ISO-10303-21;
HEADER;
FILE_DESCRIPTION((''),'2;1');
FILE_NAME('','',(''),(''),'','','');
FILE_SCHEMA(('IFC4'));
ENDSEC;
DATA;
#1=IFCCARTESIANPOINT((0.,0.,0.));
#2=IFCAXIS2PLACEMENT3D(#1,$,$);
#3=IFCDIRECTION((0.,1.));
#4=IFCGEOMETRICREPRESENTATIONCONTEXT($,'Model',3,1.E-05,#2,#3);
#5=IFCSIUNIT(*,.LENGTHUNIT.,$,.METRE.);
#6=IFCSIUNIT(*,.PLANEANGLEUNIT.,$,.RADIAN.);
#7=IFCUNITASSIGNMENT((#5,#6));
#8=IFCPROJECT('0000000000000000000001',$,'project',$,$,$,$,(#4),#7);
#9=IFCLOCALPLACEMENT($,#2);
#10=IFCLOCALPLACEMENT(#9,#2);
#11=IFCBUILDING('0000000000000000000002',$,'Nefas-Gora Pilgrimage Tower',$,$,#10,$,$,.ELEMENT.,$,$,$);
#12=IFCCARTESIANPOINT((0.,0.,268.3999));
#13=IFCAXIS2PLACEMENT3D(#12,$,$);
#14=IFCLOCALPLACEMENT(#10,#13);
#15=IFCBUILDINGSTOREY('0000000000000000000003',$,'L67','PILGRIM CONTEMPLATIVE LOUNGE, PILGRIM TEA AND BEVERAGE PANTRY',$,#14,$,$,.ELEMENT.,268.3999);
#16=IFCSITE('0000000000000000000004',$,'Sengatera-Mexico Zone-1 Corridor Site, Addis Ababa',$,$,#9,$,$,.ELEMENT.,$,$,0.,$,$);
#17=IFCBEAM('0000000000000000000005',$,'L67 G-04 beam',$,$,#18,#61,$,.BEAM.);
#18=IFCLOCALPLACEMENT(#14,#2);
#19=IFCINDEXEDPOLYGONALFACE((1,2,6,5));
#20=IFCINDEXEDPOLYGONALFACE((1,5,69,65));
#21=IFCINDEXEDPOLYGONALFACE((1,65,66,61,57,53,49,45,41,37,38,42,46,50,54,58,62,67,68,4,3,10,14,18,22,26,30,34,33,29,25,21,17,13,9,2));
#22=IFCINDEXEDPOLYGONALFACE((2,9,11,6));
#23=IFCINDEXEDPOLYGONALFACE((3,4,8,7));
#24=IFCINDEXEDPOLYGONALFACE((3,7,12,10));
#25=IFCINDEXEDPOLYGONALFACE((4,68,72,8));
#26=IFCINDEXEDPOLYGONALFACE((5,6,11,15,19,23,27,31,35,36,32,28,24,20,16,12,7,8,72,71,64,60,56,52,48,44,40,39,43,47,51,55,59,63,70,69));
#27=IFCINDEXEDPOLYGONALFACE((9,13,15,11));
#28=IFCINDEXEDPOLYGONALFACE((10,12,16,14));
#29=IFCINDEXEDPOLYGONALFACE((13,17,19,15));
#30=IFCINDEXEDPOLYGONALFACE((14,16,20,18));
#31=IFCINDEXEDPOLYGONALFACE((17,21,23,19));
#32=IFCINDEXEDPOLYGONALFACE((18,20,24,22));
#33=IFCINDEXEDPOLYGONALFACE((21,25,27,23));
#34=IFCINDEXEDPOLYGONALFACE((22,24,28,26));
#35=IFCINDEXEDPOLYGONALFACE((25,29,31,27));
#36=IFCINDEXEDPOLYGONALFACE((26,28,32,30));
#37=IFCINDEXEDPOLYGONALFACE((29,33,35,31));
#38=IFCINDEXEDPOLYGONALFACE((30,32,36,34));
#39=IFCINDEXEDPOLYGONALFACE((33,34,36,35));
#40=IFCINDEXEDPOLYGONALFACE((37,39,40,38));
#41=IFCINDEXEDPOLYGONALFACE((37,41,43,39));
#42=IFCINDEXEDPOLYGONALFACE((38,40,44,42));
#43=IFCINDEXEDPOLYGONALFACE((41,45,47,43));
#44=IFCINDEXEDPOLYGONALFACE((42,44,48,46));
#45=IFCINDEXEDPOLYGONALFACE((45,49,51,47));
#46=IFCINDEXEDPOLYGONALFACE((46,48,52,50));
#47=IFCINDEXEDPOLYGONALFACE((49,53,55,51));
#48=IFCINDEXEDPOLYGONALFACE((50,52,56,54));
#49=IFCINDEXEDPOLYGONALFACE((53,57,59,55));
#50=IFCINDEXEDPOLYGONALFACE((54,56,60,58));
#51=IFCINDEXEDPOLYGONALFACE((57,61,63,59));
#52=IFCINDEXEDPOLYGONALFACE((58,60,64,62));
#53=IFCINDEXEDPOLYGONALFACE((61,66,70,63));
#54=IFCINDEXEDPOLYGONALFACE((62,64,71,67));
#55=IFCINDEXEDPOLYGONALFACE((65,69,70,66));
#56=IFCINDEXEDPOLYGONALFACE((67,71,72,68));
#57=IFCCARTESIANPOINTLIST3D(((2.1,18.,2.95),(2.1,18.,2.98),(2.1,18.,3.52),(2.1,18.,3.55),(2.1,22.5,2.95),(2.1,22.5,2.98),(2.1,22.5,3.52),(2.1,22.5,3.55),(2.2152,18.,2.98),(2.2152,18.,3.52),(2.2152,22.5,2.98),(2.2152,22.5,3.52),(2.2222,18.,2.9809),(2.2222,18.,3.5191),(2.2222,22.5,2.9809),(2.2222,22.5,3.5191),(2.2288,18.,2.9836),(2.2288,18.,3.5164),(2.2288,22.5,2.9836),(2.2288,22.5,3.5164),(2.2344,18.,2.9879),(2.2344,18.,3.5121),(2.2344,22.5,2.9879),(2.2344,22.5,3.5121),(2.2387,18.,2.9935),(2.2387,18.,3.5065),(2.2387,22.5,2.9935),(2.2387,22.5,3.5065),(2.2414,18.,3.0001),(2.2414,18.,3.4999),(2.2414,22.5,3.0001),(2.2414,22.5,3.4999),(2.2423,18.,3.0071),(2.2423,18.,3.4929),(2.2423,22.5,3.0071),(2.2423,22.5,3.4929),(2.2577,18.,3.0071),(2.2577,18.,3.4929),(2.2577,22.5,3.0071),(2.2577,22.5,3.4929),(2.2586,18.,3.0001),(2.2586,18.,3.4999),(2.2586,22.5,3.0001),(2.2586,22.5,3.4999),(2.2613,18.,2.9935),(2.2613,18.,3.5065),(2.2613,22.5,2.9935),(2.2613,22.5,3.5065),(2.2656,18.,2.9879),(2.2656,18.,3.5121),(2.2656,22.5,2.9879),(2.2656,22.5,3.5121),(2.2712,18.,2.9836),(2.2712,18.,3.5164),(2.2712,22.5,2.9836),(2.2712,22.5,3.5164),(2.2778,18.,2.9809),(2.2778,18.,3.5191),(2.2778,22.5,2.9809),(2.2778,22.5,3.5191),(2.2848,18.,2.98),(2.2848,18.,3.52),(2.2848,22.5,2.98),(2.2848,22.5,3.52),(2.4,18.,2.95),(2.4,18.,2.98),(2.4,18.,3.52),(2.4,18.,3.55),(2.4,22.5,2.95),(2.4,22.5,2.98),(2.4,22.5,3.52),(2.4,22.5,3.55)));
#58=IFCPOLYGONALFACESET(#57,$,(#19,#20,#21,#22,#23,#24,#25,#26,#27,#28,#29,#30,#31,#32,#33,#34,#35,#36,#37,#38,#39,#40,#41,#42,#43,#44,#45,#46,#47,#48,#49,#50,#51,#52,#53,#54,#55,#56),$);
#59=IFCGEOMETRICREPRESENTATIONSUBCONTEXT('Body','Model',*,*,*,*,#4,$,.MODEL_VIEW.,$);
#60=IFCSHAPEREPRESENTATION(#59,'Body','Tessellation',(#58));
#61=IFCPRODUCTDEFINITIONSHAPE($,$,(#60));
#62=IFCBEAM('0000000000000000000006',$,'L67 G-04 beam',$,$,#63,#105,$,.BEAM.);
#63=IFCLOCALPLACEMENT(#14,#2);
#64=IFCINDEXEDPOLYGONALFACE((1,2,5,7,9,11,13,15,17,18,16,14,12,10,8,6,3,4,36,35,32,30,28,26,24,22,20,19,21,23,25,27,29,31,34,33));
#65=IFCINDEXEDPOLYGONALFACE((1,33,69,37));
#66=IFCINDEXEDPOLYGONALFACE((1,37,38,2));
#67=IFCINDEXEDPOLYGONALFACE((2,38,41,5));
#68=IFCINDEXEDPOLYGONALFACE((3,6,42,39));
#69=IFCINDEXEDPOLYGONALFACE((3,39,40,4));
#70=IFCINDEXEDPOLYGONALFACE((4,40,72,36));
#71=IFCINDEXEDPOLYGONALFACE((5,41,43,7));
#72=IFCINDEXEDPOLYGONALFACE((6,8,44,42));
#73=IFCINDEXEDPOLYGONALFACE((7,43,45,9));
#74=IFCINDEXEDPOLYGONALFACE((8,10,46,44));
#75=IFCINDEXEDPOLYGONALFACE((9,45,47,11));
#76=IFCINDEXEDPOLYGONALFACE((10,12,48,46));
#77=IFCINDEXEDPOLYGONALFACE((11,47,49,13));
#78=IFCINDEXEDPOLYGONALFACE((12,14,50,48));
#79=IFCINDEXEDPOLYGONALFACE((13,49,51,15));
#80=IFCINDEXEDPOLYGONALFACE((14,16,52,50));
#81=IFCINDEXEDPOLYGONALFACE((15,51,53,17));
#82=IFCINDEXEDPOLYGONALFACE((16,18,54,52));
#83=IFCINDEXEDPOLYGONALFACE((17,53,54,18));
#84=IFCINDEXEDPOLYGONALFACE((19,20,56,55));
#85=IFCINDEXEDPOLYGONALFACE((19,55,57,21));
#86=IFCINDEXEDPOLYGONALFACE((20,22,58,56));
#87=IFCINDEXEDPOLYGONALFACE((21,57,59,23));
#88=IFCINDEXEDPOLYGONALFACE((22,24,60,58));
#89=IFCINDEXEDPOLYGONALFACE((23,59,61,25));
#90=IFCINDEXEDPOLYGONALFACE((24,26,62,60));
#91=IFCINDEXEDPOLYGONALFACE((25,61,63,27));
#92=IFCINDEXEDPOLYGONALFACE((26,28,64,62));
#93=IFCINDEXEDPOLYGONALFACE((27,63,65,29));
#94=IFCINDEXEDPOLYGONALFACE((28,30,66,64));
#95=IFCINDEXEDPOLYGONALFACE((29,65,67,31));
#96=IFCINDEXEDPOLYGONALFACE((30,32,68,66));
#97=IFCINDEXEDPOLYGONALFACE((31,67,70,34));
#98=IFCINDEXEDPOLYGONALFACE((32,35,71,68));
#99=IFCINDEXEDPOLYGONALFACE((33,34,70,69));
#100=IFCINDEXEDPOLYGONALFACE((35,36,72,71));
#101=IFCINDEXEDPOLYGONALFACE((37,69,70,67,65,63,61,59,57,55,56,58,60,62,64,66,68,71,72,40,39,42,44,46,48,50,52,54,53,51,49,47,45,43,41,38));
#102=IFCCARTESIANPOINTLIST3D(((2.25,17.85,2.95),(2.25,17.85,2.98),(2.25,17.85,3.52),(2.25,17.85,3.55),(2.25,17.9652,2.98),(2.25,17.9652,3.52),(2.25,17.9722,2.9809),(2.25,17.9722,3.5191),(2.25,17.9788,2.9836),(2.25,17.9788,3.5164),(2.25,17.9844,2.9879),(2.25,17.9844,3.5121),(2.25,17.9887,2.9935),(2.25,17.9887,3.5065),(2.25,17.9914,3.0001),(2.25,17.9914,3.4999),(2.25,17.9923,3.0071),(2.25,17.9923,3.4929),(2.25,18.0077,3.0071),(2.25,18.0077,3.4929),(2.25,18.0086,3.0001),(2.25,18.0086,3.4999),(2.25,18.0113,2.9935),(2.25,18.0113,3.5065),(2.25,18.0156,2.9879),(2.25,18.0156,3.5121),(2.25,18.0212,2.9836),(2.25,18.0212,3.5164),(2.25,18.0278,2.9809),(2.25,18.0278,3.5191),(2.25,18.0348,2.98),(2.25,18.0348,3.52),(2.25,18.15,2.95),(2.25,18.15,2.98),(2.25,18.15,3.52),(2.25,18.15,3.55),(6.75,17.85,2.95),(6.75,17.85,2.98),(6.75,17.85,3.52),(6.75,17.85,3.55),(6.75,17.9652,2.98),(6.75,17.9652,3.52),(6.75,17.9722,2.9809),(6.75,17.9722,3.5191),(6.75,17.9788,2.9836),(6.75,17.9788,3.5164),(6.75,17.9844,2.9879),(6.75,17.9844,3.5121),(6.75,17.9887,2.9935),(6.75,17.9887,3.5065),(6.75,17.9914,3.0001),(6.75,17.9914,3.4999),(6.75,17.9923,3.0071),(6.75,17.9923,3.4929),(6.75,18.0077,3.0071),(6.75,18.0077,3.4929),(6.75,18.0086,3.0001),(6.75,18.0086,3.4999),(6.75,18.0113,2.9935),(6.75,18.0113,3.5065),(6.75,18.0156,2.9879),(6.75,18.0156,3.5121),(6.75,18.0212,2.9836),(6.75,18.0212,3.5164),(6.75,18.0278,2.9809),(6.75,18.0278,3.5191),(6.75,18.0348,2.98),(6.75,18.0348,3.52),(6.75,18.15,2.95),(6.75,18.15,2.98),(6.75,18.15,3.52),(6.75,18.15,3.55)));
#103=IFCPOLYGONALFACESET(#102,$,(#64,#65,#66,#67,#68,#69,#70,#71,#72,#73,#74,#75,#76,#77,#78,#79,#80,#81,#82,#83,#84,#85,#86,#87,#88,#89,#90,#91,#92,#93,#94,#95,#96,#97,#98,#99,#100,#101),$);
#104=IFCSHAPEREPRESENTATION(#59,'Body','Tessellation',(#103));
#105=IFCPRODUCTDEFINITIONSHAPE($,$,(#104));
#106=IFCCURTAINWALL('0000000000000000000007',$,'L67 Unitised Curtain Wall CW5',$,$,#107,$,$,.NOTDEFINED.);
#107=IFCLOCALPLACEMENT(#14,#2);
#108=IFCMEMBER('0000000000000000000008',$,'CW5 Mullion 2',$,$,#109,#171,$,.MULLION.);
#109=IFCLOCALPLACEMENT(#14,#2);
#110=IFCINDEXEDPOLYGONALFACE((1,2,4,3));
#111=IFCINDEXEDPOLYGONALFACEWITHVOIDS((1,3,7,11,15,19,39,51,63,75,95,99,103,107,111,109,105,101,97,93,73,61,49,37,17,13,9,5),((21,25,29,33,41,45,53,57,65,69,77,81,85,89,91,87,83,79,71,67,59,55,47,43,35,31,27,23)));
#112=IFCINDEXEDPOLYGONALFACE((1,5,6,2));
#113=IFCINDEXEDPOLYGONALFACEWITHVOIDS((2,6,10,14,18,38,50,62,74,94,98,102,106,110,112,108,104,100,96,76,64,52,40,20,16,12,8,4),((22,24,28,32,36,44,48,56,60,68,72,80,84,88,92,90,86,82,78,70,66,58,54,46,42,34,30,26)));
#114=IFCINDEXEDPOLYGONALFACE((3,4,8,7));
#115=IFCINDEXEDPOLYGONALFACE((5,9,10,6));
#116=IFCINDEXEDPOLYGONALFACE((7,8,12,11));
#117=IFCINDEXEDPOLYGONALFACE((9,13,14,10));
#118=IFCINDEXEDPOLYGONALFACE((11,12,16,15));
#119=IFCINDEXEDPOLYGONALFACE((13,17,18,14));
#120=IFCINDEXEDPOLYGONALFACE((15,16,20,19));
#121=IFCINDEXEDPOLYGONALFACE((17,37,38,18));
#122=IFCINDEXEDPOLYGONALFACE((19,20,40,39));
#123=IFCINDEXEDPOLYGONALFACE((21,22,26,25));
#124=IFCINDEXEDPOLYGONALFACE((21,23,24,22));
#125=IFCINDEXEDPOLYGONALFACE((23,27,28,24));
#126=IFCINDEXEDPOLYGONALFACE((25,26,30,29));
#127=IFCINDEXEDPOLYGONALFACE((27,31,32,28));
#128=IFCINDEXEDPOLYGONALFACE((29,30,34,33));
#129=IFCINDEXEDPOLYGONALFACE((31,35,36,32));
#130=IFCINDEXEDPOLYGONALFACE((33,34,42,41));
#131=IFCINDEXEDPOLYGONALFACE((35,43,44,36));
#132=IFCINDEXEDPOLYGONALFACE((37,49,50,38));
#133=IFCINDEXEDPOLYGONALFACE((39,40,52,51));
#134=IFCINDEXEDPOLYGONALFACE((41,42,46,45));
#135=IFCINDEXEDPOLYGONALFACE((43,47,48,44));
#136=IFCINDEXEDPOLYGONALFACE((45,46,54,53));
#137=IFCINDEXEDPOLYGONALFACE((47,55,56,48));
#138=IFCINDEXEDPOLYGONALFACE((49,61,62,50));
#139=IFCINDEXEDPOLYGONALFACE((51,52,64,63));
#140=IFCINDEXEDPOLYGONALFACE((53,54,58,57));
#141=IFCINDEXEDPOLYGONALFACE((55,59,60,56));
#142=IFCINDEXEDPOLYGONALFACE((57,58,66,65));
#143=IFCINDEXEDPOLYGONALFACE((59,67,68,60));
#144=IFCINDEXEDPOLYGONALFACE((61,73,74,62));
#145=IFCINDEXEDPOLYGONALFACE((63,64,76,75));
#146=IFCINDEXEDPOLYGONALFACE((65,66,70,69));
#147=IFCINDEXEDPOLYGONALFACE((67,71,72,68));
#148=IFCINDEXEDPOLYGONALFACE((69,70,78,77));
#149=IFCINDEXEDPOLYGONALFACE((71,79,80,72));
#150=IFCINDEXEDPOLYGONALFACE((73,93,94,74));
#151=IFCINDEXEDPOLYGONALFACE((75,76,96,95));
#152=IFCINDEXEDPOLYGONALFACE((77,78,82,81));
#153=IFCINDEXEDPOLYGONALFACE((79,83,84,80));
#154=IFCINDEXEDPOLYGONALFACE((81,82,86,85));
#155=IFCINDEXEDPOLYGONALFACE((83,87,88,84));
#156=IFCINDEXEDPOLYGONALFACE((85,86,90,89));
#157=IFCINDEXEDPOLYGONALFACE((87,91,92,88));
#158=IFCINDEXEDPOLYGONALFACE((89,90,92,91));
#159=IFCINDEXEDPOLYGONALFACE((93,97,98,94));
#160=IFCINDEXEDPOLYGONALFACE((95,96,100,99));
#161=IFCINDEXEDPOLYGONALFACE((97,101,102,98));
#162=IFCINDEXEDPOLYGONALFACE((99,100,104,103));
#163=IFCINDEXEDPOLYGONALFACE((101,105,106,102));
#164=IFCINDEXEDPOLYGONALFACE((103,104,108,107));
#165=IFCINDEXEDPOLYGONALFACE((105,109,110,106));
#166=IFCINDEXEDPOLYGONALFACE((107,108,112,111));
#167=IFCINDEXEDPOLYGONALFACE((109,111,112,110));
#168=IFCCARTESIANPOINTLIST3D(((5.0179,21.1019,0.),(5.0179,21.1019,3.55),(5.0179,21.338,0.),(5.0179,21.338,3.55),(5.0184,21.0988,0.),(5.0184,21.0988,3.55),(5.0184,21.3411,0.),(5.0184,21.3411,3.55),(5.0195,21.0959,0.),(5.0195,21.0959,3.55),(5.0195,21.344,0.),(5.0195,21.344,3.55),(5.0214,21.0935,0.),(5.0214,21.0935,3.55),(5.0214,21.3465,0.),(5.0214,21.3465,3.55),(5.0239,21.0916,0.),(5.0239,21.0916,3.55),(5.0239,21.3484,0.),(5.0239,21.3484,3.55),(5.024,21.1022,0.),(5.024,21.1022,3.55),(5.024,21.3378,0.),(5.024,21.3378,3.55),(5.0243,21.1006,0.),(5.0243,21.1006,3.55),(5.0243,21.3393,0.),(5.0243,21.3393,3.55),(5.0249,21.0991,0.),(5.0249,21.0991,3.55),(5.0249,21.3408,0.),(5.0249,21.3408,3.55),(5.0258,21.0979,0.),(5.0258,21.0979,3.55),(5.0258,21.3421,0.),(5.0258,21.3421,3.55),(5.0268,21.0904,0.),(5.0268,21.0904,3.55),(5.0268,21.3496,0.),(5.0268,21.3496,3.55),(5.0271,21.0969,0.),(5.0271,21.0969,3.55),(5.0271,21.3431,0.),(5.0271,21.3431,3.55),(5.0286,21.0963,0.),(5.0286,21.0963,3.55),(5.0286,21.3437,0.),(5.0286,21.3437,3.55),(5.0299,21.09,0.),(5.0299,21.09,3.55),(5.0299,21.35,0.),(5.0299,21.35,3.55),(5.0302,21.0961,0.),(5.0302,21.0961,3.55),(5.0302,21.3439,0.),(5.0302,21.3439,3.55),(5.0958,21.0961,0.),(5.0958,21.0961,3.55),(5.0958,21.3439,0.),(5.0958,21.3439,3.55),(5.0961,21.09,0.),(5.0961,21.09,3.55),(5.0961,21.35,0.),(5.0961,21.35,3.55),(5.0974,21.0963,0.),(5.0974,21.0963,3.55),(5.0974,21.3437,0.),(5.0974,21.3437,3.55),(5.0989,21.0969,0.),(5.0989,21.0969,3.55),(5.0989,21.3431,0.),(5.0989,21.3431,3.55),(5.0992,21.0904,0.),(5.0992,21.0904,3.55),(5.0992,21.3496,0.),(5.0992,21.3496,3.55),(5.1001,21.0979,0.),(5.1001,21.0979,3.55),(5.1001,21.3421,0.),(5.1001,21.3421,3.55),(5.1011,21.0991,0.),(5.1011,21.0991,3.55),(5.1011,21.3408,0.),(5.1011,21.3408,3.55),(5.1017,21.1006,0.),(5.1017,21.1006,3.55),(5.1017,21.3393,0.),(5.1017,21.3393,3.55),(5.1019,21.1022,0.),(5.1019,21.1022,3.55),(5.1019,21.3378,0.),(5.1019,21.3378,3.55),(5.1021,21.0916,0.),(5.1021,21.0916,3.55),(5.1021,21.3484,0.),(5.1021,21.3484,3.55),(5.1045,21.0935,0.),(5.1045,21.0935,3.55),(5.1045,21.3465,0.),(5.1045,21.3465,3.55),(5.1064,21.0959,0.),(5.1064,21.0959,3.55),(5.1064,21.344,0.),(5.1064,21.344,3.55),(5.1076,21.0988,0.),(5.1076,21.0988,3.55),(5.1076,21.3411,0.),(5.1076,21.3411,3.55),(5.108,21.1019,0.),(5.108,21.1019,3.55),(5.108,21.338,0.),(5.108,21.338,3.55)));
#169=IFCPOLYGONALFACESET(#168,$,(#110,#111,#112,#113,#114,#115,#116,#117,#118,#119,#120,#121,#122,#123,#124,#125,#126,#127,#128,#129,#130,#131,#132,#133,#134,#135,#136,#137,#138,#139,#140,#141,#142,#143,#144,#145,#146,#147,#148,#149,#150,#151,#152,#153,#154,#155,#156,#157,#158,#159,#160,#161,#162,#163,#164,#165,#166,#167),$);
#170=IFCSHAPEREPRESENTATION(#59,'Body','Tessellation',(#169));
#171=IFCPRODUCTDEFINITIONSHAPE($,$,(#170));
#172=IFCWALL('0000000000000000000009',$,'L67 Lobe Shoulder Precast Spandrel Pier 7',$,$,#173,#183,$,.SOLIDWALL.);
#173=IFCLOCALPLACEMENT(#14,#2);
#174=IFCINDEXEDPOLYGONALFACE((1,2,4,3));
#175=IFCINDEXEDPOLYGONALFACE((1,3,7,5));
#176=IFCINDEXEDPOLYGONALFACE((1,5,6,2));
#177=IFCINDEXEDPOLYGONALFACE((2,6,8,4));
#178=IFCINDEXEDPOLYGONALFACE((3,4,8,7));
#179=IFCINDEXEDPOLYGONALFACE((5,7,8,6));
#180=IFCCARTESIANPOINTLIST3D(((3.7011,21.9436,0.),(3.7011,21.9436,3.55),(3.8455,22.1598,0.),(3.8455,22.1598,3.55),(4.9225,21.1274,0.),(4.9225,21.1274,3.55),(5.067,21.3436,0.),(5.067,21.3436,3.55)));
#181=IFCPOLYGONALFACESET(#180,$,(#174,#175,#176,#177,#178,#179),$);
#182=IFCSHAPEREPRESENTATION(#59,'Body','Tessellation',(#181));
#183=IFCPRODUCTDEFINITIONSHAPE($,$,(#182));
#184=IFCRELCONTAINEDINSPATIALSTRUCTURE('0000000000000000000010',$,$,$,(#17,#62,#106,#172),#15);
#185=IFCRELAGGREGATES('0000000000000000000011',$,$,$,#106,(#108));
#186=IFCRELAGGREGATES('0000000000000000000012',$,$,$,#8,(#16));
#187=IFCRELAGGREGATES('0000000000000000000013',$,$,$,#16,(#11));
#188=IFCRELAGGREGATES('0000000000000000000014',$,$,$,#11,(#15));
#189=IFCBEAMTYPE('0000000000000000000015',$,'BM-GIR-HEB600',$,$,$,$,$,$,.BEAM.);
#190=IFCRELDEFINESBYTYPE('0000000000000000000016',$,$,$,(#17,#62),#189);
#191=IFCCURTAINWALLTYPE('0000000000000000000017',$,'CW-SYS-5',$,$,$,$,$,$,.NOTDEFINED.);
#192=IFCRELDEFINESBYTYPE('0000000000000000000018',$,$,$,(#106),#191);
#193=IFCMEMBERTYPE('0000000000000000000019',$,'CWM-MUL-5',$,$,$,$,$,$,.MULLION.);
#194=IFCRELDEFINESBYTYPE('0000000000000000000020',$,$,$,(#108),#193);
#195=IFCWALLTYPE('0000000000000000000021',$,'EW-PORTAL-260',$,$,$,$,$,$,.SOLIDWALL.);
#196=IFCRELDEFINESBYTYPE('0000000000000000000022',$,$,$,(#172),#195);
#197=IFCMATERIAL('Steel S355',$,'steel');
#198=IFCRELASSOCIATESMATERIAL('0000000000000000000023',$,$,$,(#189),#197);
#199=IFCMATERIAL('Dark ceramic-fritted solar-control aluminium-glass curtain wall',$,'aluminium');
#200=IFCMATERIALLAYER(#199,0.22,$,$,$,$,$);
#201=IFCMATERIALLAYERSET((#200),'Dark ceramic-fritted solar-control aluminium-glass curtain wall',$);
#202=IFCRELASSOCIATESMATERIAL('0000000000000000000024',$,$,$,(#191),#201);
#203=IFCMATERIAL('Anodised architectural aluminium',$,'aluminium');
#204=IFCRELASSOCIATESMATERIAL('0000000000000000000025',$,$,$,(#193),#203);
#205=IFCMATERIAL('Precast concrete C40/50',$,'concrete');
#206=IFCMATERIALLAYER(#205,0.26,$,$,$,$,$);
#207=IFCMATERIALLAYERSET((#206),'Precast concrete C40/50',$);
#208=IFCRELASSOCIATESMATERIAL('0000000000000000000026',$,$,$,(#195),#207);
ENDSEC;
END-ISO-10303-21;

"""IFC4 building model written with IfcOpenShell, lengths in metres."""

from ifc_helpers import new_model, si_unit, direction, frame, frame_2d, origin, origin_2d, place, context, subcontext, project, spatial, rectangle, hollow_rectangle, i_section, extrude, source, transform, mapped, material, layer, layer_set, material_profile, profile_set, type_object, element, aggregate, save


model = new_model("IFC4")

# Units and contexts
model_context = context("Model", 3, precision=1e-05, world=origin(), true_north=direction((0.0, 1.0)))
body_context = subcontext(model_context, "Body", "Model", "MODEL_VIEW")
ifc_project = project(units=[si_unit("LENGTHUNIT", "METRE"), si_unit("PLANEANGLEUNIT", "RADIAN")], contexts=[model_context])

# Site, building, storey
site_placement = place(None, origin())
site = spatial("IfcSite", under=ifc_project, at=site_placement, Name="Sengatera-Mexico Zone-1 Corridor Site, Addis Ababa", CompositionType="ELEMENT", RefElevation=0.0)
building_placement = place(site_placement, origin())
building = spatial("IfcBuilding", under=site, at=building_placement, Name="Nefas-Gora Pilgrimage Tower", CompositionType="ELEMENT")
storey_placement = place(building_placement, frame((0.0, 0.0, 268.3999)))
storey = spatial("IfcBuildingStorey", under=building, at=storey_placement, Name="L67", Description="PILGRIM CONTEMPLATIVE LOUNGE, PILGRIM TEA AND BEVERAGE PANTRY", CompositionType="ELEMENT", Elevation=268.3999)

# Shared definitions
ifc_material_1 = material(Name="Steel S355", Category="steel")

# Beams
ifc_material_profile_1 = material_profile(ifc_material_1, i_section(OverallWidth=0.3, OverallDepth=0.6001, WebThickness=0.0154, FlangeThickness=0.03, FilletRadius=0.0271, at=origin_2d()), Name="HEB 600")
ifc_profile_set_1 = profile_set([ifc_material_profile_1], Name="Steel S355")
beam_type = type_object("IfcBeamType", Name="BM-GIR-HEB600", PredefinedType="BEAM", material=ifc_profile_set_1)
shared_shape_1 = source(origin(), body_context, "Body", "SweptSolid", [
    extrude(i_section(OverallWidth=0.3, OverallDepth=0.6001, WebThickness=0.0154, FlangeThickness=0.03, FilletRadius=0.0271, at=origin_2d()), origin(), (0.0, 0.0, 1.0), 4.5),
])
for number, where, z_axis, x_axis, name in (
    (1, (2.25, 18.0, 3.25), (0.0, 1.0, 0.0), (-1.0, 0.0, 0.0), "L67 G-04 beam"),
    (2, (2.25, 18.0, 3.25), (1.0, 0.0, 0.0), (0.0, 1.0, 0.0), "L67 G-04 beam"),
):
    element("IfcBeam", number, at=place(storey_placement, frame(where, z_axis=z_axis, x_axis=x_axis)), inside=storey, type_object=beam_type, Name=name, PredefinedType="BEAM", context=body_context, shape_type="MappedRepresentation", body=[
        mapped(shared_shape_1, transform((0.0, 0.0, 0.0), x_axis=(1.0, 0.0, 0.0), y_axis=(0.0, 1.0, 0.0), z_axis=(0.0, 0.0, 1.0), scale=1.0)),
    ])

# Curtain wall, member
ifc_material_2 = material(Name="Dark ceramic-fritted solar-control aluminium-glass curtain wall", Category="aluminium")
ifc_layer_1 = layer(ifc_material_2, 0.22)
ifc_layer_set_1 = layer_set([ifc_layer_1], Name="Dark ceramic-fritted solar-control aluminium-glass curtain wall")
curtain_wall_type = type_object("IfcCurtainWallType", Name="CW-SYS-5", PredefinedType="NOTDEFINED", material=ifc_layer_set_1)
curtain_wall_placement = place(storey_placement, origin())
curtain_wall = element("IfcCurtainWall", 3, at=curtain_wall_placement, inside=storey, type_object=curtain_wall_type, Name="L67 Unitised Curtain Wall CW5", PredefinedType="NOTDEFINED")
ifc_material_3 = material(Name="Anodised architectural aluminium", Category="aluminium")
ifc_material_profile_2 = material_profile(ifc_material_3, hollow_rectangle(XDim=0.0901, YDim=0.26, WallThickness=0.0061, InnerFilletRadius=0.0061, OuterFilletRadius=0.012, at=origin_2d()), Name="ALU MULLION 90x260")
ifc_profile_set_2 = profile_set([ifc_material_profile_2], Name="Anodised architectural aluminium")
member_type = type_object("IfcMemberType", Name="CWM-MUL-5", PredefinedType="MULLION", material=ifc_profile_set_2)
shared_shape_2 = source(origin(), body_context, "Body", "SweptSolid", [
    extrude(hollow_rectangle(XDim=0.0901, YDim=0.26, WallThickness=0.0061, InnerFilletRadius=0.0061, OuterFilletRadius=0.012, at=origin_2d()), origin(), (0.0, 0.0, 1.0), 3.55),
])
member_placement = place(storey_placement, frame((5.063, 21.22, 0.0), z_axis=(0.0, 0.0, 1.0), x_axis=(-1.0, 0.0, 0.0)))
member = element("IfcMember", 4, at=member_placement, type_object=member_type, Name="CW5 Mullion 2", PredefinedType="MULLION", context=body_context, shape_type="MappedRepresentation", body=[
    mapped(shared_shape_2, transform((0.0, 0.0, 0.0), x_axis=(1.0, 0.0, 0.0), y_axis=(0.0, 1.0, 0.0), z_axis=(0.0, 0.0, 1.0), scale=1.0)),
])
aggregate(curtain_wall, [member])

# Wall
ifc_material_4 = material(Name="Precast concrete C40/50", Category="concrete")
ifc_layer_2 = layer(ifc_material_4, 0.26)
ifc_layer_set_2 = layer_set([ifc_layer_2], Name="Precast concrete C40/50")
wall_type_1 = type_object("IfcWallType", Name="EW-PORTAL-260", PredefinedType="SOLIDWALL", material=ifc_layer_set_2)
shared_shape_3 = source(origin(), body_context, "Body", "SweptSolid", [
    extrude(rectangle(XDim=1.469, YDim=0.26, at=frame_2d((0.7344, 0.0))), origin(), (0.0, 0.0, 1.0), 3.55),
])
wall_1_placement = place(storey_placement, frame((4.9946, 21.2356, 0.0), z_axis=(0.0, 0.0, 1.0), x_axis=(-0.831462, 0.555582, 0.0)))
element("IfcWall", 5, at=wall_1_placement, inside=storey, type_object=wall_type_1, Name="L67 Lobe Shoulder Precast Spandrel Pier 7", PredefinedType="SOLIDWALL", context=body_context, shape_type="MappedRepresentation", body=[
    mapped(shared_shape_3, transform((0.0, 0.0, 0.0), x_axis=(1.0, 0.0, 0.0), y_axis=(0.0, 1.0, 0.0), z_axis=(0.0, 0.0, 1.0), scale=1.0)),
])

save(model, "model.ifc")
